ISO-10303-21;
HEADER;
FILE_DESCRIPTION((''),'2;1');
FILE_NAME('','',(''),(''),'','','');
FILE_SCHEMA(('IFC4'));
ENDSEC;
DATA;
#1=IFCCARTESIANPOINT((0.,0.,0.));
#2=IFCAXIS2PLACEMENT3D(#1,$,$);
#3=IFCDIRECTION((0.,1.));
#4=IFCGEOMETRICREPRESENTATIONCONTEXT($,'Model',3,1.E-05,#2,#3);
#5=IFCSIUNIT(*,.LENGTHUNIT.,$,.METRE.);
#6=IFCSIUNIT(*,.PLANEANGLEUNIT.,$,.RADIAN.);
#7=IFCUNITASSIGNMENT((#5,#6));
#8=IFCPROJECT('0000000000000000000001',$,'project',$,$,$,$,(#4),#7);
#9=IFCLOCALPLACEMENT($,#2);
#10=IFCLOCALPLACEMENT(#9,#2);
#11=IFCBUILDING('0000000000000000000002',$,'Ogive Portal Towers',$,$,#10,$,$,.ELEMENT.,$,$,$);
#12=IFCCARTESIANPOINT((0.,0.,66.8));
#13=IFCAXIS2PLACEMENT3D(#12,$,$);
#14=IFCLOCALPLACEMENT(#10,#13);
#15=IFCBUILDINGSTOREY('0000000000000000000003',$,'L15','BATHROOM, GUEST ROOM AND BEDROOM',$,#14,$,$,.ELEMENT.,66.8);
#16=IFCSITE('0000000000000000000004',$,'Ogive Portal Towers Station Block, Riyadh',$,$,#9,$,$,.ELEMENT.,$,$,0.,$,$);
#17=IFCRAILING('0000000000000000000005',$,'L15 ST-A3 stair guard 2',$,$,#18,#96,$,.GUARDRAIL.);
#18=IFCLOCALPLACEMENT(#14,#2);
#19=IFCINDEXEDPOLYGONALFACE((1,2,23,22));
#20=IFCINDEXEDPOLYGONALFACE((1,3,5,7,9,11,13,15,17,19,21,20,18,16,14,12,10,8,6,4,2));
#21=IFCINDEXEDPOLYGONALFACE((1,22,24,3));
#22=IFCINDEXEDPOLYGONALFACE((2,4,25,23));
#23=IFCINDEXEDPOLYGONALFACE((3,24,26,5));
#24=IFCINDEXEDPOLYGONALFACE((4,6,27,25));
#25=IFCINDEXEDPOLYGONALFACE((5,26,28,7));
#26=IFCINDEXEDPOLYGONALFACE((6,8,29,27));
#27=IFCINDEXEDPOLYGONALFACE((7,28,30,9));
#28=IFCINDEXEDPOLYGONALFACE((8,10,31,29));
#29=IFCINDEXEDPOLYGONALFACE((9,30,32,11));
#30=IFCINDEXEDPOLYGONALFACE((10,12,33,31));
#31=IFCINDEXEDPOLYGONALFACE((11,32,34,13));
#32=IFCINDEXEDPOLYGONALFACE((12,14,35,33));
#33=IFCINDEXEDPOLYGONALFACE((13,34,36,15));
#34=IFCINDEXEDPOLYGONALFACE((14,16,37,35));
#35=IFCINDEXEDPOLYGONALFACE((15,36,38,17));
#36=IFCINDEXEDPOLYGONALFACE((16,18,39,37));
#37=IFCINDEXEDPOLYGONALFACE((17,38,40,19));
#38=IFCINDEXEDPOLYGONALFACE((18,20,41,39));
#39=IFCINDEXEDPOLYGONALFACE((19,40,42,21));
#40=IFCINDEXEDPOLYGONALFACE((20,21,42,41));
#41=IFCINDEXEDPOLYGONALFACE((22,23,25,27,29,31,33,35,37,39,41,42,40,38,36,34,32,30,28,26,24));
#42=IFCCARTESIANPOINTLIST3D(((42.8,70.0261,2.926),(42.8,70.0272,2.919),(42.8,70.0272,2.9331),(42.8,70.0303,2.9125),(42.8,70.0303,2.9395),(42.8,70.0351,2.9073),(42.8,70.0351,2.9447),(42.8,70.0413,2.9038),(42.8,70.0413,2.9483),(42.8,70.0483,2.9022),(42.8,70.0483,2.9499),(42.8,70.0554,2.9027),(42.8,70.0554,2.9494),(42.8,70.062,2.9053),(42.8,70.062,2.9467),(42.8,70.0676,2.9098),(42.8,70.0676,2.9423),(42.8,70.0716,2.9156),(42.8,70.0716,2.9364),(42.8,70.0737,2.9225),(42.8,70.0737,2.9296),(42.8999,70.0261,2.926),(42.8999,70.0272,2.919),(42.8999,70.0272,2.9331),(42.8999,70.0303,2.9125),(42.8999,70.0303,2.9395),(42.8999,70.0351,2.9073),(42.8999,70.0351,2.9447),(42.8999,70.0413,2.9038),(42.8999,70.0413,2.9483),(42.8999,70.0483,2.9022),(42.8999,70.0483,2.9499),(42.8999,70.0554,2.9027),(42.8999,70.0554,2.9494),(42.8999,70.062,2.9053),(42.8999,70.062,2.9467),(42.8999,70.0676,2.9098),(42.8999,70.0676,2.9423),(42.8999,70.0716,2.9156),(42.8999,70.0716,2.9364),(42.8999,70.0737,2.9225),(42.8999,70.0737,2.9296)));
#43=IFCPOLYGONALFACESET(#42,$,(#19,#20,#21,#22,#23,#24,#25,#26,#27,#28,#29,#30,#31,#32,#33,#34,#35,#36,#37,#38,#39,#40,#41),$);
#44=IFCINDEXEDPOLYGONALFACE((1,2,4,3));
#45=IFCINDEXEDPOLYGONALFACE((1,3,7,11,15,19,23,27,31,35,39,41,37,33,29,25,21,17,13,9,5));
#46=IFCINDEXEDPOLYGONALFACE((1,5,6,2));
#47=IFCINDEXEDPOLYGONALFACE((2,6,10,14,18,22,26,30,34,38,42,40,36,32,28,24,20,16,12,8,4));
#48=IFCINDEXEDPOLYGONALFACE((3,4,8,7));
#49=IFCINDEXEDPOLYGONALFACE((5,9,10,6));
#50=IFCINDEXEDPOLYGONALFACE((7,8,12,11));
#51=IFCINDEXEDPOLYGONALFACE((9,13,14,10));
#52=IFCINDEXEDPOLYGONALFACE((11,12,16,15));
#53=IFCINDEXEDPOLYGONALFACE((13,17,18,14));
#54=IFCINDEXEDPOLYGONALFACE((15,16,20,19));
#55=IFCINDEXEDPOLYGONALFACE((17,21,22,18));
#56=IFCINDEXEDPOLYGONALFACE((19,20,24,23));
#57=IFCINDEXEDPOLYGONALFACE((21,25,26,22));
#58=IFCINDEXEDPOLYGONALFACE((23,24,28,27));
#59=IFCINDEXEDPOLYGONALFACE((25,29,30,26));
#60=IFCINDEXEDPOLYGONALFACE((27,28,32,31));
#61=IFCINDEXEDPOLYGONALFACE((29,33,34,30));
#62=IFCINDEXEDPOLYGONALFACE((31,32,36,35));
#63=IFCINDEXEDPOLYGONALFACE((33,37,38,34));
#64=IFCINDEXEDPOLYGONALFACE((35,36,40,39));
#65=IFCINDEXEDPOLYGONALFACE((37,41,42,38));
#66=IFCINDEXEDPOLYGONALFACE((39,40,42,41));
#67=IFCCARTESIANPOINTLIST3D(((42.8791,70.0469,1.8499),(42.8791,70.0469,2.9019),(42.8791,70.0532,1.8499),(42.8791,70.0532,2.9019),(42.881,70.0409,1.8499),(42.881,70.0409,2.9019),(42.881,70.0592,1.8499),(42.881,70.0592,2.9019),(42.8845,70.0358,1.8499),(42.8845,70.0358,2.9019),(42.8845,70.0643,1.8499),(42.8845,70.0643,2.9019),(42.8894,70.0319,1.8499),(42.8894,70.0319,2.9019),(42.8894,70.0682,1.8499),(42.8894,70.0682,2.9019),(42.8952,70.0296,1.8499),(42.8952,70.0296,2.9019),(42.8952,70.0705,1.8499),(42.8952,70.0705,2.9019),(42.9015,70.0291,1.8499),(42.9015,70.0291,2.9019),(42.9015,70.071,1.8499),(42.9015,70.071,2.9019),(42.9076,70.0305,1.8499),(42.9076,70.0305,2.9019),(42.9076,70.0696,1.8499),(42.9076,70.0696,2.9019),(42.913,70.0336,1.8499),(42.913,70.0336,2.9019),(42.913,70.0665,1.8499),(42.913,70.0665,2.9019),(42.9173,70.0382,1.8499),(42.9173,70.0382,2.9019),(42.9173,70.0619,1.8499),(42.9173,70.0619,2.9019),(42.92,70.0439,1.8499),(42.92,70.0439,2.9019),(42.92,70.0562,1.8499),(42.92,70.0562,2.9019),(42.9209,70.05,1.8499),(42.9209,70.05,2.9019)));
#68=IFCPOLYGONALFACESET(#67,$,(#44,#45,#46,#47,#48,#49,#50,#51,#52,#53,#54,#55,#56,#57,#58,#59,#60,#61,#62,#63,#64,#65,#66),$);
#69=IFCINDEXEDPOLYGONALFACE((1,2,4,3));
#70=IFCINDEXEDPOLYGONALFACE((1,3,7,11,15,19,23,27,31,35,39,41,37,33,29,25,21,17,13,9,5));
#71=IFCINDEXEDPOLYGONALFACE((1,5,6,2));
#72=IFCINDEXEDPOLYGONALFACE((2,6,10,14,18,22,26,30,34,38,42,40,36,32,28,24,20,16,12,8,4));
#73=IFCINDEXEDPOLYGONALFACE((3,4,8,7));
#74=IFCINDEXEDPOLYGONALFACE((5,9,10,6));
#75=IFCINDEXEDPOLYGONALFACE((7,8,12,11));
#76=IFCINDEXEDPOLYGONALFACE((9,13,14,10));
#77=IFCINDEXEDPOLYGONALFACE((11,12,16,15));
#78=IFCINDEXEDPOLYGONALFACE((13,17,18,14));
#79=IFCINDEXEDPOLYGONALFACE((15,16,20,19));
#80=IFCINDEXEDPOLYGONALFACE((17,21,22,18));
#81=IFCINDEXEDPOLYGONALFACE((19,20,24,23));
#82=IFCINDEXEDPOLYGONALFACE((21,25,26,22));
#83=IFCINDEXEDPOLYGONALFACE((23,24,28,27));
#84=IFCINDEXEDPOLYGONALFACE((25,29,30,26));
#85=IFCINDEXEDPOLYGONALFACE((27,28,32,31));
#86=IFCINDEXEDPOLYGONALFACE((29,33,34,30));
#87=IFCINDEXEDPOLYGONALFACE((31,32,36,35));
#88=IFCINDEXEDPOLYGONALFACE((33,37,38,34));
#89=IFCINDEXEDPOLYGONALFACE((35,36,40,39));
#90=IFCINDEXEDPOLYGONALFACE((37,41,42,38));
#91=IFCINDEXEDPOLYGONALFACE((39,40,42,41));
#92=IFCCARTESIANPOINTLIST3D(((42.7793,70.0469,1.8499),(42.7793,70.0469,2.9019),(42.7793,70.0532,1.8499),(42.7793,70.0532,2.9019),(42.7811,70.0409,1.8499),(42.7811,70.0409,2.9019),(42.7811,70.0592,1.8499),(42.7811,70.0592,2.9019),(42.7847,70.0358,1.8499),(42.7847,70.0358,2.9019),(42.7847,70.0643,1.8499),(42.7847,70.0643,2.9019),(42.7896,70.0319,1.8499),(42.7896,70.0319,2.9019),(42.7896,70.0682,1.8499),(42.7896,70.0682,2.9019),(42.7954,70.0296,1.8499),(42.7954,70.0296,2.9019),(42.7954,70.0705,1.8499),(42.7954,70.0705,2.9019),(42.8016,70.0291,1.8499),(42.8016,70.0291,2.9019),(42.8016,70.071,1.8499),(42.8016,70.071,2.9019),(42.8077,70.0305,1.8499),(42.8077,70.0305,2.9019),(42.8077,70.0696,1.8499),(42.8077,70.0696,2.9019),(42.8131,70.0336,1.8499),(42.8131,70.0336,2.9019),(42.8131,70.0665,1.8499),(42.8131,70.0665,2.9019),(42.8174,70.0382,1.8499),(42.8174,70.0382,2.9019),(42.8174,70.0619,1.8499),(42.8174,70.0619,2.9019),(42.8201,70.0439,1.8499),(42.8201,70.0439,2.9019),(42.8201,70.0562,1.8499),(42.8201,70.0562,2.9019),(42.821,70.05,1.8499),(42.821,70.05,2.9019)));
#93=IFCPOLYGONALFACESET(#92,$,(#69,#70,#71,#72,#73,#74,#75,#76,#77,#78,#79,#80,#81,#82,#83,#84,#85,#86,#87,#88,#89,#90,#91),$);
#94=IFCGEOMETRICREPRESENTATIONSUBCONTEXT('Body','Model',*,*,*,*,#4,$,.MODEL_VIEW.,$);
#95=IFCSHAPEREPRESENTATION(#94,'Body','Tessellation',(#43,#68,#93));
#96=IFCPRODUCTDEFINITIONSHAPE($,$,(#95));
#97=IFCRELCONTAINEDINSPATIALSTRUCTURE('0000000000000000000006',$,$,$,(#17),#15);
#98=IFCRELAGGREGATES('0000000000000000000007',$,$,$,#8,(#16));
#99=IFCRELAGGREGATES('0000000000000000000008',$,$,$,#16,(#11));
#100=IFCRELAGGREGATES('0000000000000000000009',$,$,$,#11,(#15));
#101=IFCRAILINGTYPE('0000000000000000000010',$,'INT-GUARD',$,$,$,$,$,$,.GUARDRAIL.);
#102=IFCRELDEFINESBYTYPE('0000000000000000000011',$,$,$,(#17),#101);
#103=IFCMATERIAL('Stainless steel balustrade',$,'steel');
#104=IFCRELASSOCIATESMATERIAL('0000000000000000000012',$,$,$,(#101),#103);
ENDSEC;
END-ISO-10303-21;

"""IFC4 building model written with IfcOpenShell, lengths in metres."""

from ifc_helpers import new_model, si_unit, direction, frame, origin, origin_2d, place, context, subcontext, project, spatial, circle, extrude, material, type_object, element, save


model = new_model("IFC4")

# Units and contexts
model_context = context("Model", 3, precision=1e-05, world=origin(), true_north=direction((0.0, 1.0)))
body_context = subcontext(model_context, "Body", "Model", "MODEL_VIEW")
ifc_project = project(units=[si_unit("LENGTHUNIT", "METRE"), si_unit("PLANEANGLEUNIT", "RADIAN")], contexts=[model_context])

# Site, building, storey
site_placement = place(None, origin())
site = spatial("IfcSite", under=ifc_project, at=site_placement, Name="Ogive Portal Towers Station Block, Riyadh", CompositionType="ELEMENT", RefElevation=0.0)
building_placement = place(site_placement, origin())
building = spatial("IfcBuilding", under=site, at=building_placement, Name="Ogive Portal Towers", CompositionType="ELEMENT")
storey_placement = place(building_placement, frame((0.0, 0.0, 66.8)))
storey = spatial("IfcBuildingStorey", under=building, at=storey_placement, Name="L15", Description="BATHROOM, GUEST ROOM AND BEDROOM", CompositionType="ELEMENT", Elevation=66.8)

# Railing
ifc_material_1 = material(Name="Stainless steel balustrade", Category="steel")
railing_type_1 = type_object("IfcRailingType", Name="INT-GUARD", PredefinedType="GUARDRAIL", material=ifc_material_1)
railing_1_placement = place(storey_placement, frame((42.8999, 70.05, 1.8499)))
element("IfcRailing", 1, at=railing_1_placement, inside=storey, type_object=railing_type_1, Name="L15 ST-A3 stair guard 2", PredefinedType="GUARDRAIL", context=body_context, shape_type="SweptSolid", body=[
    extrude(circle(Radius=0.0239, at=origin_2d()), frame((0.0, 0.0, 1.0762), z_axis=(-1.0, 0.0, 0.0), x_axis=(0.0, -1.0, 0.0)), (0.0, 0.0, 1.0), 0.0999),
    extrude(circle(Radius=0.021, at=origin_2d()), origin(), (0.0, 0.0, 1.0), 1.052),
    extrude(circle(Radius=0.021, at=origin_2d()), frame((-0.0999, 0.0, 0.0)), (0.0, 0.0, 1.0), 1.052),
])

save(model, "model.ifc")
